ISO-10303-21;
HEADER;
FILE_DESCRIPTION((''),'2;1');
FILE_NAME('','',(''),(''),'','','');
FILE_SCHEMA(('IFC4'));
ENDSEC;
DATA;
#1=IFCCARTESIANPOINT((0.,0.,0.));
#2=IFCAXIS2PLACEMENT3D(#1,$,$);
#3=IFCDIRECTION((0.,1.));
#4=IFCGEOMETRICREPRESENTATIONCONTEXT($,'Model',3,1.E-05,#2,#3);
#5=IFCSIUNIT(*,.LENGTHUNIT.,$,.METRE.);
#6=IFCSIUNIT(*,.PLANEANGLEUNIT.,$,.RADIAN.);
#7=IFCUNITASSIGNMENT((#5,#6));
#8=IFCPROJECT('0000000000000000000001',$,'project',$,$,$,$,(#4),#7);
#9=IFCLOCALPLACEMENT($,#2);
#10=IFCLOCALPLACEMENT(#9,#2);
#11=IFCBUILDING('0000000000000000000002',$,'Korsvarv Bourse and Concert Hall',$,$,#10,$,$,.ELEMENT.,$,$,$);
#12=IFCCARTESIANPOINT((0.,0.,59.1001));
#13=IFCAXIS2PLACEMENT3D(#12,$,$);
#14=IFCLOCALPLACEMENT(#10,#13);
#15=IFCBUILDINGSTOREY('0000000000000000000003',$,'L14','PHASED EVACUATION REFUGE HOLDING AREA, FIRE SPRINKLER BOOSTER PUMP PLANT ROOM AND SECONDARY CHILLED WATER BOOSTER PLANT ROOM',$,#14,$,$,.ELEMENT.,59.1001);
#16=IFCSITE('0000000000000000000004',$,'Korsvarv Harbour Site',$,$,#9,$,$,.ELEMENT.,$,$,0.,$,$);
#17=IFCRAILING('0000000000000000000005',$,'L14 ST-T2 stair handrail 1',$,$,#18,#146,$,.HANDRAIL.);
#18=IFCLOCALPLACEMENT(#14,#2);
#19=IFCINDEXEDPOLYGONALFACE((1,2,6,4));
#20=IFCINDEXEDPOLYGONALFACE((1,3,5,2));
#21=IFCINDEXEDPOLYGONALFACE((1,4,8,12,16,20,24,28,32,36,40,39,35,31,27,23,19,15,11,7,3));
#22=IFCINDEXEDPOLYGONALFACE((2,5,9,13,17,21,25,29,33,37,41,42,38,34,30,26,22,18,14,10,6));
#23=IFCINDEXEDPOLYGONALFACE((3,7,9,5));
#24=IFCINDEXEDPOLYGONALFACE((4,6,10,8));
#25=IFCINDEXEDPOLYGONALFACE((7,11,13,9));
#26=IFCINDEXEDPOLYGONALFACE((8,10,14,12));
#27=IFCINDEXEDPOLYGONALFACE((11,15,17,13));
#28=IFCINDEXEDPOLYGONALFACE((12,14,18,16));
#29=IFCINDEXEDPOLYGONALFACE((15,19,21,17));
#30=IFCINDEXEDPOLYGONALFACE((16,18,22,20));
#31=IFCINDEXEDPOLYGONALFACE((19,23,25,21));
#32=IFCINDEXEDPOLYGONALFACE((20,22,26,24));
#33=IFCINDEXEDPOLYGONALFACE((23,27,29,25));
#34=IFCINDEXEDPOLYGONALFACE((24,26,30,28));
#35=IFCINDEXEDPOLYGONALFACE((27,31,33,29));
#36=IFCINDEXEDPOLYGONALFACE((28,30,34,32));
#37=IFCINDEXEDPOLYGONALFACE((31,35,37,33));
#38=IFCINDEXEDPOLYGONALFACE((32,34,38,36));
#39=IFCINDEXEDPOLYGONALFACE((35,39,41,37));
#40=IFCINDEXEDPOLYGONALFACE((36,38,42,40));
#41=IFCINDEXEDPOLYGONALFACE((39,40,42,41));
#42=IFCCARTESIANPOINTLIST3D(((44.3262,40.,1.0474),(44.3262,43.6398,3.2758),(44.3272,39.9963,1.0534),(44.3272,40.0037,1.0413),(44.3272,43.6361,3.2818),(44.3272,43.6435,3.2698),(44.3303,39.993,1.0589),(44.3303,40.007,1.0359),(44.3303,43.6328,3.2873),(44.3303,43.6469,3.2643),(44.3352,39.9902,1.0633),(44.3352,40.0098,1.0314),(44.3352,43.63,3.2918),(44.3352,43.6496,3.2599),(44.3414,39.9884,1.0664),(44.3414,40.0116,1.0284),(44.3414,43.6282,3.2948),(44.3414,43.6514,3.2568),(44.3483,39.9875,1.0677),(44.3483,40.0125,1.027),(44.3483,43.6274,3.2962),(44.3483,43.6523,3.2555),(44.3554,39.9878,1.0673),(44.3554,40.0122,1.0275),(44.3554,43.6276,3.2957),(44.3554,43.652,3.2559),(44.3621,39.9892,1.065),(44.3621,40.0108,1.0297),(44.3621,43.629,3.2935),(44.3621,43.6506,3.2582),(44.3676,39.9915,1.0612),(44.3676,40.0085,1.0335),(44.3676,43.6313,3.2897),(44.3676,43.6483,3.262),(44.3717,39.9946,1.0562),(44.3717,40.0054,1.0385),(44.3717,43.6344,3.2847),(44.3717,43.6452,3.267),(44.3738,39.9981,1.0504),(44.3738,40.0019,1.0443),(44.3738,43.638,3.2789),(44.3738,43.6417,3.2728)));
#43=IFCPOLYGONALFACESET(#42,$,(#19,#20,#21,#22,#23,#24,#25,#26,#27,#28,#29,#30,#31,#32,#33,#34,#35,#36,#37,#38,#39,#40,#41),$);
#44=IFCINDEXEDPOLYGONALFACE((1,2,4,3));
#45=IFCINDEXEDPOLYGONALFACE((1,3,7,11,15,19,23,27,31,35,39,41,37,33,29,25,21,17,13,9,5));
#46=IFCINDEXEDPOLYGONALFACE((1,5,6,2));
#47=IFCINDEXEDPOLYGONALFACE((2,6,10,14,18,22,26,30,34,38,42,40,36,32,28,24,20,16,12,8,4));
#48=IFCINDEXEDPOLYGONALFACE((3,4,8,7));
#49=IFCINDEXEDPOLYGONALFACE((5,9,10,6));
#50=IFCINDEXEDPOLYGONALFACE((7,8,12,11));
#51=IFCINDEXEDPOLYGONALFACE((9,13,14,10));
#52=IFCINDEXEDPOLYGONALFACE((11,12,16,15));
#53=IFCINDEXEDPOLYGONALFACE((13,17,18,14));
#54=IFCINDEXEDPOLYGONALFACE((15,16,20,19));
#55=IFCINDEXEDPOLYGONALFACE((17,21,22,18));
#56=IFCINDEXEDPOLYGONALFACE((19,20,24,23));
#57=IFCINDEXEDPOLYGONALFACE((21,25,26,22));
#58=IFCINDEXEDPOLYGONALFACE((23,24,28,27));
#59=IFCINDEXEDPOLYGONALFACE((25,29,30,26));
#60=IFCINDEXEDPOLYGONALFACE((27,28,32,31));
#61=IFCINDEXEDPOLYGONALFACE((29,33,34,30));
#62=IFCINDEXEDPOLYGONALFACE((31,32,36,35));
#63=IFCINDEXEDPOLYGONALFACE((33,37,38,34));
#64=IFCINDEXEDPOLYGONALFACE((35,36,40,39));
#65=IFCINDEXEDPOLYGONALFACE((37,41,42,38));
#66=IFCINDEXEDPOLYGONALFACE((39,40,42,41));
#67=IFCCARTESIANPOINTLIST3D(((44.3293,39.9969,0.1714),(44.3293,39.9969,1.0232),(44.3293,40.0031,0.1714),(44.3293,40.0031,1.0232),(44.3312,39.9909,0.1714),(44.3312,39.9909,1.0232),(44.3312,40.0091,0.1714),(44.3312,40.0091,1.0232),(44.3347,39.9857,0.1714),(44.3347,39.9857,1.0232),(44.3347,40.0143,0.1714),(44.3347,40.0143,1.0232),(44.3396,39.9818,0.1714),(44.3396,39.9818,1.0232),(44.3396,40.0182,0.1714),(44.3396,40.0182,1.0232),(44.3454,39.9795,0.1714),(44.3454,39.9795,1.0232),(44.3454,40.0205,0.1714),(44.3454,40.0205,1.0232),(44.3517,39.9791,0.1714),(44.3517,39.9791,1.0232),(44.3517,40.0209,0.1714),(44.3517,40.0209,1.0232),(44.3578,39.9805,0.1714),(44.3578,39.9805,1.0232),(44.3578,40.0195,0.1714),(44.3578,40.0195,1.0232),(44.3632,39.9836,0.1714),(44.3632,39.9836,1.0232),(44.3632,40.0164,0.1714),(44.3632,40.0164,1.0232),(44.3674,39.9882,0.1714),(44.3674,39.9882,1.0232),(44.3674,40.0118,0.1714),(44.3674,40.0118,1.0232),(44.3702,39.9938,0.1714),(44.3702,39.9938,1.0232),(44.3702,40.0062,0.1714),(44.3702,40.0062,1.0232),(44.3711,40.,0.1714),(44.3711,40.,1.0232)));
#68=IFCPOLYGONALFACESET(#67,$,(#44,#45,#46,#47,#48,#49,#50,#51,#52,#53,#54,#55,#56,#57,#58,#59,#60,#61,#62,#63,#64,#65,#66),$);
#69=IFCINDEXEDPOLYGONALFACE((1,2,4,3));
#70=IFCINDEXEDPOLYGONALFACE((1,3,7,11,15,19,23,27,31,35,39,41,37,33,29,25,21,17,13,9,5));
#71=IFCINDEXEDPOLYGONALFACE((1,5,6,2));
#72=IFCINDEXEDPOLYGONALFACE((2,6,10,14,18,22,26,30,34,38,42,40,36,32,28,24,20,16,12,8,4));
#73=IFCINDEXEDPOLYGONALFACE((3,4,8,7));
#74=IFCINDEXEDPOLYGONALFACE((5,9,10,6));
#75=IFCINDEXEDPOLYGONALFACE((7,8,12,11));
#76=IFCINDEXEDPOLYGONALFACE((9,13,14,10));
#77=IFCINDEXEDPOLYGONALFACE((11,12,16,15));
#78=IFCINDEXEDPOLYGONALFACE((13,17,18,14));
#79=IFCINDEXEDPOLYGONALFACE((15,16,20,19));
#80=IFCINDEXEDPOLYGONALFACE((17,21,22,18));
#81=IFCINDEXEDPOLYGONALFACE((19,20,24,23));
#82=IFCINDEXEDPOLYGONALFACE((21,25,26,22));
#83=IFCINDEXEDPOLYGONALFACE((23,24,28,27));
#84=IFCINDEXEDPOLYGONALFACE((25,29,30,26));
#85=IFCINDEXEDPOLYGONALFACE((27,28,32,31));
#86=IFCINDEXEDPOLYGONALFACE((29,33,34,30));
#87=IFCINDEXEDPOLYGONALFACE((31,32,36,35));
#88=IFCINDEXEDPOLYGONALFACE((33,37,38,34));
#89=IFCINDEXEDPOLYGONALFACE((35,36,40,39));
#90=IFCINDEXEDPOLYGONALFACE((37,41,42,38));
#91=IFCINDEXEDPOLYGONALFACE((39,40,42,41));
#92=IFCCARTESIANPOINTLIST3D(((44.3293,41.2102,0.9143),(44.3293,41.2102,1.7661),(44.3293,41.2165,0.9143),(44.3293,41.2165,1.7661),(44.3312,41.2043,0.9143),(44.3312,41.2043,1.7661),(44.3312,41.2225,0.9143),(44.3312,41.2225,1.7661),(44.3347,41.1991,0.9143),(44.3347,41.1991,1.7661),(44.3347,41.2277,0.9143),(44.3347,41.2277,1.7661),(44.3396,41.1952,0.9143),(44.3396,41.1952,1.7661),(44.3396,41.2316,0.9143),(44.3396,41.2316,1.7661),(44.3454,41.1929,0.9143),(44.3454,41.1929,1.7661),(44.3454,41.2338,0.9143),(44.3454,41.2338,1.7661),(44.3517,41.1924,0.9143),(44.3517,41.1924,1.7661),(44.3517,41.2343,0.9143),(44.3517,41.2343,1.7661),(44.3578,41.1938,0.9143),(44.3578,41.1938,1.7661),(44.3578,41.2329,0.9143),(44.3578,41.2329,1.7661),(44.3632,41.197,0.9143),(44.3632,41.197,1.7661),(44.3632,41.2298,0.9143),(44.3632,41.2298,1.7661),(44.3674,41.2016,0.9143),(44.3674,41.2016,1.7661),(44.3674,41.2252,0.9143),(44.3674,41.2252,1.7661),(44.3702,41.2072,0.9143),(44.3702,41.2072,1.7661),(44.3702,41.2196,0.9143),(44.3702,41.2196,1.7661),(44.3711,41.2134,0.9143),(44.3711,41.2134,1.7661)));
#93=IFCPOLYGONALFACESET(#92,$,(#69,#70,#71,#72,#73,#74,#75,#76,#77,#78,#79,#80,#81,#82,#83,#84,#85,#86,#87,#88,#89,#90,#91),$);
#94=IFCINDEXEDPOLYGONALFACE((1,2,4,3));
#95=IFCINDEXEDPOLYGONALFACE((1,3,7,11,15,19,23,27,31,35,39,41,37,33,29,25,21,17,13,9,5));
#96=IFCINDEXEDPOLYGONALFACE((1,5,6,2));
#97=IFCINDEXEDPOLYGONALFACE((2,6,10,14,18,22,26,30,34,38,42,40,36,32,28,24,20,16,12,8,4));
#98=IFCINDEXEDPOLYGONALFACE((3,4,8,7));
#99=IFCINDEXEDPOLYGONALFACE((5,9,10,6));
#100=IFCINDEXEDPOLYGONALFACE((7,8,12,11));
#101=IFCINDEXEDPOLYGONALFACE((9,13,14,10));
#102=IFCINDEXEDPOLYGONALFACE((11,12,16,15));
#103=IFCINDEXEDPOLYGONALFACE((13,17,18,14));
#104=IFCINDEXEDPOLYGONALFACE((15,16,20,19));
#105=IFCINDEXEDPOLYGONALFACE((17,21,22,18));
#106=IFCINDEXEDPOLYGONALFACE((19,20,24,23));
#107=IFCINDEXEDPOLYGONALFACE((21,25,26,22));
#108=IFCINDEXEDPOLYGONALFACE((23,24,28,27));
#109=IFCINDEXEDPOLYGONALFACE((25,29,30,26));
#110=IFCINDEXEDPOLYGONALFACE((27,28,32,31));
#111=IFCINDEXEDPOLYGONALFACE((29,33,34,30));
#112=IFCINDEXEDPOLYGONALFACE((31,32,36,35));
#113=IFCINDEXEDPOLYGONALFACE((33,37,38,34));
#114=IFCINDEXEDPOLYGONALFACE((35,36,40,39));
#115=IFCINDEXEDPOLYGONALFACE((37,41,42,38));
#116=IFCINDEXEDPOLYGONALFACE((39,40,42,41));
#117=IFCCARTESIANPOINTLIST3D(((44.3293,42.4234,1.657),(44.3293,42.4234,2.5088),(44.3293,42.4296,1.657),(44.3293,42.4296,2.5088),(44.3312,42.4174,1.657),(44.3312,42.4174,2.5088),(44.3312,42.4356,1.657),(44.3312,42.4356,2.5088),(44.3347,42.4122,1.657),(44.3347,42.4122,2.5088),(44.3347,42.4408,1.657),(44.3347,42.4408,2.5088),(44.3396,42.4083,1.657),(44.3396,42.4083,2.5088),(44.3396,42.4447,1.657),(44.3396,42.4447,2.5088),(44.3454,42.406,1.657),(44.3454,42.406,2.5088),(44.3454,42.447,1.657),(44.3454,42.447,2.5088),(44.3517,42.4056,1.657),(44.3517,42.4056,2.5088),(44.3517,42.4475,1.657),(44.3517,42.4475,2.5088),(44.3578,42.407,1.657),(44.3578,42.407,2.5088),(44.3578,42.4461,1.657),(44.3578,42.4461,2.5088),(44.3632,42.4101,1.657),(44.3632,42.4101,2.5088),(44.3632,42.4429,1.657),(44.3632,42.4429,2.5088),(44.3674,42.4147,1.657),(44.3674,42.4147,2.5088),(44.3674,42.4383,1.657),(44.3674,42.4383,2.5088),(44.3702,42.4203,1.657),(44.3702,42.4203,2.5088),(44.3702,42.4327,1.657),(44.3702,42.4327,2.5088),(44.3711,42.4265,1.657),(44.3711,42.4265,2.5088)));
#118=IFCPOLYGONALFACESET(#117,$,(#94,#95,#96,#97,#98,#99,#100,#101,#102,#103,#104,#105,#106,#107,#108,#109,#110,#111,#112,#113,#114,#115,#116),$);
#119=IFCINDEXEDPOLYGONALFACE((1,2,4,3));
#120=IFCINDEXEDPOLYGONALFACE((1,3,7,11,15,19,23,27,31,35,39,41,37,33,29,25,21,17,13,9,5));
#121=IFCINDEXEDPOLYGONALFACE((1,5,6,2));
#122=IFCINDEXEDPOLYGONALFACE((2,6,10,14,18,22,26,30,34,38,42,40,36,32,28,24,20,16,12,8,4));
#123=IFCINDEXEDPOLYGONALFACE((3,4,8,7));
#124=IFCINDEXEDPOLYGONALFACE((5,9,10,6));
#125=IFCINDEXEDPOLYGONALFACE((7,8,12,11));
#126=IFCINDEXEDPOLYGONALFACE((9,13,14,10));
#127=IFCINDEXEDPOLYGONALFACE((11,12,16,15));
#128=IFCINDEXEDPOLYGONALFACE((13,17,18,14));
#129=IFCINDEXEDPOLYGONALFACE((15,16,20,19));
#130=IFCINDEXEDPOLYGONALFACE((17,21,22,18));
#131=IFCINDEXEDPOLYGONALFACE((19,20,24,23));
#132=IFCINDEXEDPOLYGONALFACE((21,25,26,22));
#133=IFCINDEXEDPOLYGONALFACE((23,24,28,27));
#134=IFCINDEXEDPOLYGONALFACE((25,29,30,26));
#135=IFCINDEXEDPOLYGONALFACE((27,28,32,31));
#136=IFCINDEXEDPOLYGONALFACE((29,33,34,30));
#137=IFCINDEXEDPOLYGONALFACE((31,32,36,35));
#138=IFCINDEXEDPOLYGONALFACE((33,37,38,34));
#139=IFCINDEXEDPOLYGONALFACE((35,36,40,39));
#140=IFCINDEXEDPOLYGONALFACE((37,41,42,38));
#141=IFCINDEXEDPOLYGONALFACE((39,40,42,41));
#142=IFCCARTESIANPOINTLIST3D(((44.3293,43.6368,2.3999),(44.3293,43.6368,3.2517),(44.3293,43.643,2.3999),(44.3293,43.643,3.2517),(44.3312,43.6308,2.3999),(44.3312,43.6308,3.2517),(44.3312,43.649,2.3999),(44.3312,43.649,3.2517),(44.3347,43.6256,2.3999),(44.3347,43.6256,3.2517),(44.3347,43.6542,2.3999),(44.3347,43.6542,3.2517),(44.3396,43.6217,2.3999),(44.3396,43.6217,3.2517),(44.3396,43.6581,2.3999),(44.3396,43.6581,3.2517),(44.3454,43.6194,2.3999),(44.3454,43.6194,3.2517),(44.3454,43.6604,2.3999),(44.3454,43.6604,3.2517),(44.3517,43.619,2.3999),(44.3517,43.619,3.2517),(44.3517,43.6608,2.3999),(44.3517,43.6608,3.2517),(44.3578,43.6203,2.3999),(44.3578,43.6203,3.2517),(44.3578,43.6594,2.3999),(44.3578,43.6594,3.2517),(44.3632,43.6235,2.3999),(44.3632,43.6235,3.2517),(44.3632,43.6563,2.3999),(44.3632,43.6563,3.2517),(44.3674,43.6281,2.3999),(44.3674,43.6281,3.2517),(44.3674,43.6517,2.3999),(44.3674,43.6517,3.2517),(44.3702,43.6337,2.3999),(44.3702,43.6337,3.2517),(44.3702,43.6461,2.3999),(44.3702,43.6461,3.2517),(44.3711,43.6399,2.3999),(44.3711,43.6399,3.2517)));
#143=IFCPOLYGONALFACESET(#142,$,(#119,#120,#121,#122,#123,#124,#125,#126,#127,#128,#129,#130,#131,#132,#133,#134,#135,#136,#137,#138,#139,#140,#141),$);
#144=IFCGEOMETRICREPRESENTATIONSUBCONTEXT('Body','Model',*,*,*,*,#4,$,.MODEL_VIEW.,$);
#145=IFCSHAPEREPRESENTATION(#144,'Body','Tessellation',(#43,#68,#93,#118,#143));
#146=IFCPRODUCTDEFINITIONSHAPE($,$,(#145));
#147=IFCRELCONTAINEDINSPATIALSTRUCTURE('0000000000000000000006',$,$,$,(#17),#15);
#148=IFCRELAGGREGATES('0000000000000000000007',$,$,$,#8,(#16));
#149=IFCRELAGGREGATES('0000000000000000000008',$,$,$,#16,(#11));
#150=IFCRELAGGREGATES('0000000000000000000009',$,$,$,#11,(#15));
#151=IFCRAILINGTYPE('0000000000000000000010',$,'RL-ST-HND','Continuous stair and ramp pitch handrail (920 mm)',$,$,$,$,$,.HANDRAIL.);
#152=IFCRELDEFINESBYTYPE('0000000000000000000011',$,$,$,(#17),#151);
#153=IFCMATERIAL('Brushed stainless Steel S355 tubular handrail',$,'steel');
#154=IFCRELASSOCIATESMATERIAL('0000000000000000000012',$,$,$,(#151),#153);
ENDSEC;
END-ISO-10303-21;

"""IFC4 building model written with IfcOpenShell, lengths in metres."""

from ifc_helpers import new_model, si_unit, direction, frame, origin, origin_2d, place, context, subcontext, project, spatial, circle, extrude, material, type_object, element, save


model = new_model("IFC4")

# Units and contexts
model_context = context("Model", 3, precision=1e-05, world=origin(), true_north=direction((0.0, 1.0)))
body_context = subcontext(model_context, "Body", "Model", "MODEL_VIEW")
ifc_project = project(units=[si_unit("LENGTHUNIT", "METRE"), si_unit("PLANEANGLEUNIT", "RADIAN")], contexts=[model_context])

# Site, building, storey
site_placement = place(None, origin())
site = spatial("IfcSite", under=ifc_project, at=site_placement, Name="Korsvarv Harbour Site", CompositionType="ELEMENT", RefElevation=0.0)
building_placement = place(site_placement, origin())
building = spatial("IfcBuilding", under=site, at=building_placement, Name="Korsvarv Bourse and Concert Hall", CompositionType="ELEMENT")
storey_placement = place(building_placement, frame((0.0, 0.0, 59.1001)))
storey = spatial("IfcBuildingStorey", under=building, at=storey_placement, Name="L14", Description="PHASED EVACUATION REFUGE HOLDING AREA, FIRE SPRINKLER BOOSTER PUMP PLANT ROOM AND SECONDARY CHILLED WATER BOOSTER PLANT ROOM", CompositionType="ELEMENT", Elevation=59.1001)

# Railing
ifc_material_1 = material(Name="Brushed stainless Steel S355 tubular handrail", Category="steel")
railing_type_1 = type_object("IfcRailingType", Name="RL-ST-HND", Description="Continuous stair and ramp pitch handrail (920 mm)", PredefinedType="HANDRAIL", material=ifc_material_1)
railing_1_placement = place(storey_placement, frame((44.3501, 40.0, 0.1714)))
element("IfcRailing", 1, at=railing_1_placement, inside=storey, type_object=railing_type_1, Name="L14 ST-T2 stair handrail 1", PredefinedType="HANDRAIL", context=body_context, shape_type="SweptSolid", body=[
    extrude(circle(Radius=0.0239, at=origin_2d()), frame((0.0, 0.0, 0.876), z_axis=(0.0, 0.85285, 0.522156), x_axis=(-1.0, 0.0, 0.0)), (0.0, 0.0, 1.0), 4.2678),
    extrude(circle(Radius=0.021, at=origin_2d()), origin(), (0.0, 0.0, 1.0), 0.8518),
    extrude(circle(Radius=0.021, at=origin_2d()), frame((0.0, 1.2134, 0.7429)), (0.0, 0.0, 1.0), 0.8518),
    extrude(circle(Radius=0.021, at=origin_2d()), frame((0.0, 2.4265, 1.4856)), (0.0, 0.0, 1.0), 0.8518),
    extrude(circle(Radius=0.021, at=origin_2d()), frame((0.0, 3.6399, 2.2285)), (0.0, 0.0, 1.0), 0.8518),
])

save(model, "model.ifc")
